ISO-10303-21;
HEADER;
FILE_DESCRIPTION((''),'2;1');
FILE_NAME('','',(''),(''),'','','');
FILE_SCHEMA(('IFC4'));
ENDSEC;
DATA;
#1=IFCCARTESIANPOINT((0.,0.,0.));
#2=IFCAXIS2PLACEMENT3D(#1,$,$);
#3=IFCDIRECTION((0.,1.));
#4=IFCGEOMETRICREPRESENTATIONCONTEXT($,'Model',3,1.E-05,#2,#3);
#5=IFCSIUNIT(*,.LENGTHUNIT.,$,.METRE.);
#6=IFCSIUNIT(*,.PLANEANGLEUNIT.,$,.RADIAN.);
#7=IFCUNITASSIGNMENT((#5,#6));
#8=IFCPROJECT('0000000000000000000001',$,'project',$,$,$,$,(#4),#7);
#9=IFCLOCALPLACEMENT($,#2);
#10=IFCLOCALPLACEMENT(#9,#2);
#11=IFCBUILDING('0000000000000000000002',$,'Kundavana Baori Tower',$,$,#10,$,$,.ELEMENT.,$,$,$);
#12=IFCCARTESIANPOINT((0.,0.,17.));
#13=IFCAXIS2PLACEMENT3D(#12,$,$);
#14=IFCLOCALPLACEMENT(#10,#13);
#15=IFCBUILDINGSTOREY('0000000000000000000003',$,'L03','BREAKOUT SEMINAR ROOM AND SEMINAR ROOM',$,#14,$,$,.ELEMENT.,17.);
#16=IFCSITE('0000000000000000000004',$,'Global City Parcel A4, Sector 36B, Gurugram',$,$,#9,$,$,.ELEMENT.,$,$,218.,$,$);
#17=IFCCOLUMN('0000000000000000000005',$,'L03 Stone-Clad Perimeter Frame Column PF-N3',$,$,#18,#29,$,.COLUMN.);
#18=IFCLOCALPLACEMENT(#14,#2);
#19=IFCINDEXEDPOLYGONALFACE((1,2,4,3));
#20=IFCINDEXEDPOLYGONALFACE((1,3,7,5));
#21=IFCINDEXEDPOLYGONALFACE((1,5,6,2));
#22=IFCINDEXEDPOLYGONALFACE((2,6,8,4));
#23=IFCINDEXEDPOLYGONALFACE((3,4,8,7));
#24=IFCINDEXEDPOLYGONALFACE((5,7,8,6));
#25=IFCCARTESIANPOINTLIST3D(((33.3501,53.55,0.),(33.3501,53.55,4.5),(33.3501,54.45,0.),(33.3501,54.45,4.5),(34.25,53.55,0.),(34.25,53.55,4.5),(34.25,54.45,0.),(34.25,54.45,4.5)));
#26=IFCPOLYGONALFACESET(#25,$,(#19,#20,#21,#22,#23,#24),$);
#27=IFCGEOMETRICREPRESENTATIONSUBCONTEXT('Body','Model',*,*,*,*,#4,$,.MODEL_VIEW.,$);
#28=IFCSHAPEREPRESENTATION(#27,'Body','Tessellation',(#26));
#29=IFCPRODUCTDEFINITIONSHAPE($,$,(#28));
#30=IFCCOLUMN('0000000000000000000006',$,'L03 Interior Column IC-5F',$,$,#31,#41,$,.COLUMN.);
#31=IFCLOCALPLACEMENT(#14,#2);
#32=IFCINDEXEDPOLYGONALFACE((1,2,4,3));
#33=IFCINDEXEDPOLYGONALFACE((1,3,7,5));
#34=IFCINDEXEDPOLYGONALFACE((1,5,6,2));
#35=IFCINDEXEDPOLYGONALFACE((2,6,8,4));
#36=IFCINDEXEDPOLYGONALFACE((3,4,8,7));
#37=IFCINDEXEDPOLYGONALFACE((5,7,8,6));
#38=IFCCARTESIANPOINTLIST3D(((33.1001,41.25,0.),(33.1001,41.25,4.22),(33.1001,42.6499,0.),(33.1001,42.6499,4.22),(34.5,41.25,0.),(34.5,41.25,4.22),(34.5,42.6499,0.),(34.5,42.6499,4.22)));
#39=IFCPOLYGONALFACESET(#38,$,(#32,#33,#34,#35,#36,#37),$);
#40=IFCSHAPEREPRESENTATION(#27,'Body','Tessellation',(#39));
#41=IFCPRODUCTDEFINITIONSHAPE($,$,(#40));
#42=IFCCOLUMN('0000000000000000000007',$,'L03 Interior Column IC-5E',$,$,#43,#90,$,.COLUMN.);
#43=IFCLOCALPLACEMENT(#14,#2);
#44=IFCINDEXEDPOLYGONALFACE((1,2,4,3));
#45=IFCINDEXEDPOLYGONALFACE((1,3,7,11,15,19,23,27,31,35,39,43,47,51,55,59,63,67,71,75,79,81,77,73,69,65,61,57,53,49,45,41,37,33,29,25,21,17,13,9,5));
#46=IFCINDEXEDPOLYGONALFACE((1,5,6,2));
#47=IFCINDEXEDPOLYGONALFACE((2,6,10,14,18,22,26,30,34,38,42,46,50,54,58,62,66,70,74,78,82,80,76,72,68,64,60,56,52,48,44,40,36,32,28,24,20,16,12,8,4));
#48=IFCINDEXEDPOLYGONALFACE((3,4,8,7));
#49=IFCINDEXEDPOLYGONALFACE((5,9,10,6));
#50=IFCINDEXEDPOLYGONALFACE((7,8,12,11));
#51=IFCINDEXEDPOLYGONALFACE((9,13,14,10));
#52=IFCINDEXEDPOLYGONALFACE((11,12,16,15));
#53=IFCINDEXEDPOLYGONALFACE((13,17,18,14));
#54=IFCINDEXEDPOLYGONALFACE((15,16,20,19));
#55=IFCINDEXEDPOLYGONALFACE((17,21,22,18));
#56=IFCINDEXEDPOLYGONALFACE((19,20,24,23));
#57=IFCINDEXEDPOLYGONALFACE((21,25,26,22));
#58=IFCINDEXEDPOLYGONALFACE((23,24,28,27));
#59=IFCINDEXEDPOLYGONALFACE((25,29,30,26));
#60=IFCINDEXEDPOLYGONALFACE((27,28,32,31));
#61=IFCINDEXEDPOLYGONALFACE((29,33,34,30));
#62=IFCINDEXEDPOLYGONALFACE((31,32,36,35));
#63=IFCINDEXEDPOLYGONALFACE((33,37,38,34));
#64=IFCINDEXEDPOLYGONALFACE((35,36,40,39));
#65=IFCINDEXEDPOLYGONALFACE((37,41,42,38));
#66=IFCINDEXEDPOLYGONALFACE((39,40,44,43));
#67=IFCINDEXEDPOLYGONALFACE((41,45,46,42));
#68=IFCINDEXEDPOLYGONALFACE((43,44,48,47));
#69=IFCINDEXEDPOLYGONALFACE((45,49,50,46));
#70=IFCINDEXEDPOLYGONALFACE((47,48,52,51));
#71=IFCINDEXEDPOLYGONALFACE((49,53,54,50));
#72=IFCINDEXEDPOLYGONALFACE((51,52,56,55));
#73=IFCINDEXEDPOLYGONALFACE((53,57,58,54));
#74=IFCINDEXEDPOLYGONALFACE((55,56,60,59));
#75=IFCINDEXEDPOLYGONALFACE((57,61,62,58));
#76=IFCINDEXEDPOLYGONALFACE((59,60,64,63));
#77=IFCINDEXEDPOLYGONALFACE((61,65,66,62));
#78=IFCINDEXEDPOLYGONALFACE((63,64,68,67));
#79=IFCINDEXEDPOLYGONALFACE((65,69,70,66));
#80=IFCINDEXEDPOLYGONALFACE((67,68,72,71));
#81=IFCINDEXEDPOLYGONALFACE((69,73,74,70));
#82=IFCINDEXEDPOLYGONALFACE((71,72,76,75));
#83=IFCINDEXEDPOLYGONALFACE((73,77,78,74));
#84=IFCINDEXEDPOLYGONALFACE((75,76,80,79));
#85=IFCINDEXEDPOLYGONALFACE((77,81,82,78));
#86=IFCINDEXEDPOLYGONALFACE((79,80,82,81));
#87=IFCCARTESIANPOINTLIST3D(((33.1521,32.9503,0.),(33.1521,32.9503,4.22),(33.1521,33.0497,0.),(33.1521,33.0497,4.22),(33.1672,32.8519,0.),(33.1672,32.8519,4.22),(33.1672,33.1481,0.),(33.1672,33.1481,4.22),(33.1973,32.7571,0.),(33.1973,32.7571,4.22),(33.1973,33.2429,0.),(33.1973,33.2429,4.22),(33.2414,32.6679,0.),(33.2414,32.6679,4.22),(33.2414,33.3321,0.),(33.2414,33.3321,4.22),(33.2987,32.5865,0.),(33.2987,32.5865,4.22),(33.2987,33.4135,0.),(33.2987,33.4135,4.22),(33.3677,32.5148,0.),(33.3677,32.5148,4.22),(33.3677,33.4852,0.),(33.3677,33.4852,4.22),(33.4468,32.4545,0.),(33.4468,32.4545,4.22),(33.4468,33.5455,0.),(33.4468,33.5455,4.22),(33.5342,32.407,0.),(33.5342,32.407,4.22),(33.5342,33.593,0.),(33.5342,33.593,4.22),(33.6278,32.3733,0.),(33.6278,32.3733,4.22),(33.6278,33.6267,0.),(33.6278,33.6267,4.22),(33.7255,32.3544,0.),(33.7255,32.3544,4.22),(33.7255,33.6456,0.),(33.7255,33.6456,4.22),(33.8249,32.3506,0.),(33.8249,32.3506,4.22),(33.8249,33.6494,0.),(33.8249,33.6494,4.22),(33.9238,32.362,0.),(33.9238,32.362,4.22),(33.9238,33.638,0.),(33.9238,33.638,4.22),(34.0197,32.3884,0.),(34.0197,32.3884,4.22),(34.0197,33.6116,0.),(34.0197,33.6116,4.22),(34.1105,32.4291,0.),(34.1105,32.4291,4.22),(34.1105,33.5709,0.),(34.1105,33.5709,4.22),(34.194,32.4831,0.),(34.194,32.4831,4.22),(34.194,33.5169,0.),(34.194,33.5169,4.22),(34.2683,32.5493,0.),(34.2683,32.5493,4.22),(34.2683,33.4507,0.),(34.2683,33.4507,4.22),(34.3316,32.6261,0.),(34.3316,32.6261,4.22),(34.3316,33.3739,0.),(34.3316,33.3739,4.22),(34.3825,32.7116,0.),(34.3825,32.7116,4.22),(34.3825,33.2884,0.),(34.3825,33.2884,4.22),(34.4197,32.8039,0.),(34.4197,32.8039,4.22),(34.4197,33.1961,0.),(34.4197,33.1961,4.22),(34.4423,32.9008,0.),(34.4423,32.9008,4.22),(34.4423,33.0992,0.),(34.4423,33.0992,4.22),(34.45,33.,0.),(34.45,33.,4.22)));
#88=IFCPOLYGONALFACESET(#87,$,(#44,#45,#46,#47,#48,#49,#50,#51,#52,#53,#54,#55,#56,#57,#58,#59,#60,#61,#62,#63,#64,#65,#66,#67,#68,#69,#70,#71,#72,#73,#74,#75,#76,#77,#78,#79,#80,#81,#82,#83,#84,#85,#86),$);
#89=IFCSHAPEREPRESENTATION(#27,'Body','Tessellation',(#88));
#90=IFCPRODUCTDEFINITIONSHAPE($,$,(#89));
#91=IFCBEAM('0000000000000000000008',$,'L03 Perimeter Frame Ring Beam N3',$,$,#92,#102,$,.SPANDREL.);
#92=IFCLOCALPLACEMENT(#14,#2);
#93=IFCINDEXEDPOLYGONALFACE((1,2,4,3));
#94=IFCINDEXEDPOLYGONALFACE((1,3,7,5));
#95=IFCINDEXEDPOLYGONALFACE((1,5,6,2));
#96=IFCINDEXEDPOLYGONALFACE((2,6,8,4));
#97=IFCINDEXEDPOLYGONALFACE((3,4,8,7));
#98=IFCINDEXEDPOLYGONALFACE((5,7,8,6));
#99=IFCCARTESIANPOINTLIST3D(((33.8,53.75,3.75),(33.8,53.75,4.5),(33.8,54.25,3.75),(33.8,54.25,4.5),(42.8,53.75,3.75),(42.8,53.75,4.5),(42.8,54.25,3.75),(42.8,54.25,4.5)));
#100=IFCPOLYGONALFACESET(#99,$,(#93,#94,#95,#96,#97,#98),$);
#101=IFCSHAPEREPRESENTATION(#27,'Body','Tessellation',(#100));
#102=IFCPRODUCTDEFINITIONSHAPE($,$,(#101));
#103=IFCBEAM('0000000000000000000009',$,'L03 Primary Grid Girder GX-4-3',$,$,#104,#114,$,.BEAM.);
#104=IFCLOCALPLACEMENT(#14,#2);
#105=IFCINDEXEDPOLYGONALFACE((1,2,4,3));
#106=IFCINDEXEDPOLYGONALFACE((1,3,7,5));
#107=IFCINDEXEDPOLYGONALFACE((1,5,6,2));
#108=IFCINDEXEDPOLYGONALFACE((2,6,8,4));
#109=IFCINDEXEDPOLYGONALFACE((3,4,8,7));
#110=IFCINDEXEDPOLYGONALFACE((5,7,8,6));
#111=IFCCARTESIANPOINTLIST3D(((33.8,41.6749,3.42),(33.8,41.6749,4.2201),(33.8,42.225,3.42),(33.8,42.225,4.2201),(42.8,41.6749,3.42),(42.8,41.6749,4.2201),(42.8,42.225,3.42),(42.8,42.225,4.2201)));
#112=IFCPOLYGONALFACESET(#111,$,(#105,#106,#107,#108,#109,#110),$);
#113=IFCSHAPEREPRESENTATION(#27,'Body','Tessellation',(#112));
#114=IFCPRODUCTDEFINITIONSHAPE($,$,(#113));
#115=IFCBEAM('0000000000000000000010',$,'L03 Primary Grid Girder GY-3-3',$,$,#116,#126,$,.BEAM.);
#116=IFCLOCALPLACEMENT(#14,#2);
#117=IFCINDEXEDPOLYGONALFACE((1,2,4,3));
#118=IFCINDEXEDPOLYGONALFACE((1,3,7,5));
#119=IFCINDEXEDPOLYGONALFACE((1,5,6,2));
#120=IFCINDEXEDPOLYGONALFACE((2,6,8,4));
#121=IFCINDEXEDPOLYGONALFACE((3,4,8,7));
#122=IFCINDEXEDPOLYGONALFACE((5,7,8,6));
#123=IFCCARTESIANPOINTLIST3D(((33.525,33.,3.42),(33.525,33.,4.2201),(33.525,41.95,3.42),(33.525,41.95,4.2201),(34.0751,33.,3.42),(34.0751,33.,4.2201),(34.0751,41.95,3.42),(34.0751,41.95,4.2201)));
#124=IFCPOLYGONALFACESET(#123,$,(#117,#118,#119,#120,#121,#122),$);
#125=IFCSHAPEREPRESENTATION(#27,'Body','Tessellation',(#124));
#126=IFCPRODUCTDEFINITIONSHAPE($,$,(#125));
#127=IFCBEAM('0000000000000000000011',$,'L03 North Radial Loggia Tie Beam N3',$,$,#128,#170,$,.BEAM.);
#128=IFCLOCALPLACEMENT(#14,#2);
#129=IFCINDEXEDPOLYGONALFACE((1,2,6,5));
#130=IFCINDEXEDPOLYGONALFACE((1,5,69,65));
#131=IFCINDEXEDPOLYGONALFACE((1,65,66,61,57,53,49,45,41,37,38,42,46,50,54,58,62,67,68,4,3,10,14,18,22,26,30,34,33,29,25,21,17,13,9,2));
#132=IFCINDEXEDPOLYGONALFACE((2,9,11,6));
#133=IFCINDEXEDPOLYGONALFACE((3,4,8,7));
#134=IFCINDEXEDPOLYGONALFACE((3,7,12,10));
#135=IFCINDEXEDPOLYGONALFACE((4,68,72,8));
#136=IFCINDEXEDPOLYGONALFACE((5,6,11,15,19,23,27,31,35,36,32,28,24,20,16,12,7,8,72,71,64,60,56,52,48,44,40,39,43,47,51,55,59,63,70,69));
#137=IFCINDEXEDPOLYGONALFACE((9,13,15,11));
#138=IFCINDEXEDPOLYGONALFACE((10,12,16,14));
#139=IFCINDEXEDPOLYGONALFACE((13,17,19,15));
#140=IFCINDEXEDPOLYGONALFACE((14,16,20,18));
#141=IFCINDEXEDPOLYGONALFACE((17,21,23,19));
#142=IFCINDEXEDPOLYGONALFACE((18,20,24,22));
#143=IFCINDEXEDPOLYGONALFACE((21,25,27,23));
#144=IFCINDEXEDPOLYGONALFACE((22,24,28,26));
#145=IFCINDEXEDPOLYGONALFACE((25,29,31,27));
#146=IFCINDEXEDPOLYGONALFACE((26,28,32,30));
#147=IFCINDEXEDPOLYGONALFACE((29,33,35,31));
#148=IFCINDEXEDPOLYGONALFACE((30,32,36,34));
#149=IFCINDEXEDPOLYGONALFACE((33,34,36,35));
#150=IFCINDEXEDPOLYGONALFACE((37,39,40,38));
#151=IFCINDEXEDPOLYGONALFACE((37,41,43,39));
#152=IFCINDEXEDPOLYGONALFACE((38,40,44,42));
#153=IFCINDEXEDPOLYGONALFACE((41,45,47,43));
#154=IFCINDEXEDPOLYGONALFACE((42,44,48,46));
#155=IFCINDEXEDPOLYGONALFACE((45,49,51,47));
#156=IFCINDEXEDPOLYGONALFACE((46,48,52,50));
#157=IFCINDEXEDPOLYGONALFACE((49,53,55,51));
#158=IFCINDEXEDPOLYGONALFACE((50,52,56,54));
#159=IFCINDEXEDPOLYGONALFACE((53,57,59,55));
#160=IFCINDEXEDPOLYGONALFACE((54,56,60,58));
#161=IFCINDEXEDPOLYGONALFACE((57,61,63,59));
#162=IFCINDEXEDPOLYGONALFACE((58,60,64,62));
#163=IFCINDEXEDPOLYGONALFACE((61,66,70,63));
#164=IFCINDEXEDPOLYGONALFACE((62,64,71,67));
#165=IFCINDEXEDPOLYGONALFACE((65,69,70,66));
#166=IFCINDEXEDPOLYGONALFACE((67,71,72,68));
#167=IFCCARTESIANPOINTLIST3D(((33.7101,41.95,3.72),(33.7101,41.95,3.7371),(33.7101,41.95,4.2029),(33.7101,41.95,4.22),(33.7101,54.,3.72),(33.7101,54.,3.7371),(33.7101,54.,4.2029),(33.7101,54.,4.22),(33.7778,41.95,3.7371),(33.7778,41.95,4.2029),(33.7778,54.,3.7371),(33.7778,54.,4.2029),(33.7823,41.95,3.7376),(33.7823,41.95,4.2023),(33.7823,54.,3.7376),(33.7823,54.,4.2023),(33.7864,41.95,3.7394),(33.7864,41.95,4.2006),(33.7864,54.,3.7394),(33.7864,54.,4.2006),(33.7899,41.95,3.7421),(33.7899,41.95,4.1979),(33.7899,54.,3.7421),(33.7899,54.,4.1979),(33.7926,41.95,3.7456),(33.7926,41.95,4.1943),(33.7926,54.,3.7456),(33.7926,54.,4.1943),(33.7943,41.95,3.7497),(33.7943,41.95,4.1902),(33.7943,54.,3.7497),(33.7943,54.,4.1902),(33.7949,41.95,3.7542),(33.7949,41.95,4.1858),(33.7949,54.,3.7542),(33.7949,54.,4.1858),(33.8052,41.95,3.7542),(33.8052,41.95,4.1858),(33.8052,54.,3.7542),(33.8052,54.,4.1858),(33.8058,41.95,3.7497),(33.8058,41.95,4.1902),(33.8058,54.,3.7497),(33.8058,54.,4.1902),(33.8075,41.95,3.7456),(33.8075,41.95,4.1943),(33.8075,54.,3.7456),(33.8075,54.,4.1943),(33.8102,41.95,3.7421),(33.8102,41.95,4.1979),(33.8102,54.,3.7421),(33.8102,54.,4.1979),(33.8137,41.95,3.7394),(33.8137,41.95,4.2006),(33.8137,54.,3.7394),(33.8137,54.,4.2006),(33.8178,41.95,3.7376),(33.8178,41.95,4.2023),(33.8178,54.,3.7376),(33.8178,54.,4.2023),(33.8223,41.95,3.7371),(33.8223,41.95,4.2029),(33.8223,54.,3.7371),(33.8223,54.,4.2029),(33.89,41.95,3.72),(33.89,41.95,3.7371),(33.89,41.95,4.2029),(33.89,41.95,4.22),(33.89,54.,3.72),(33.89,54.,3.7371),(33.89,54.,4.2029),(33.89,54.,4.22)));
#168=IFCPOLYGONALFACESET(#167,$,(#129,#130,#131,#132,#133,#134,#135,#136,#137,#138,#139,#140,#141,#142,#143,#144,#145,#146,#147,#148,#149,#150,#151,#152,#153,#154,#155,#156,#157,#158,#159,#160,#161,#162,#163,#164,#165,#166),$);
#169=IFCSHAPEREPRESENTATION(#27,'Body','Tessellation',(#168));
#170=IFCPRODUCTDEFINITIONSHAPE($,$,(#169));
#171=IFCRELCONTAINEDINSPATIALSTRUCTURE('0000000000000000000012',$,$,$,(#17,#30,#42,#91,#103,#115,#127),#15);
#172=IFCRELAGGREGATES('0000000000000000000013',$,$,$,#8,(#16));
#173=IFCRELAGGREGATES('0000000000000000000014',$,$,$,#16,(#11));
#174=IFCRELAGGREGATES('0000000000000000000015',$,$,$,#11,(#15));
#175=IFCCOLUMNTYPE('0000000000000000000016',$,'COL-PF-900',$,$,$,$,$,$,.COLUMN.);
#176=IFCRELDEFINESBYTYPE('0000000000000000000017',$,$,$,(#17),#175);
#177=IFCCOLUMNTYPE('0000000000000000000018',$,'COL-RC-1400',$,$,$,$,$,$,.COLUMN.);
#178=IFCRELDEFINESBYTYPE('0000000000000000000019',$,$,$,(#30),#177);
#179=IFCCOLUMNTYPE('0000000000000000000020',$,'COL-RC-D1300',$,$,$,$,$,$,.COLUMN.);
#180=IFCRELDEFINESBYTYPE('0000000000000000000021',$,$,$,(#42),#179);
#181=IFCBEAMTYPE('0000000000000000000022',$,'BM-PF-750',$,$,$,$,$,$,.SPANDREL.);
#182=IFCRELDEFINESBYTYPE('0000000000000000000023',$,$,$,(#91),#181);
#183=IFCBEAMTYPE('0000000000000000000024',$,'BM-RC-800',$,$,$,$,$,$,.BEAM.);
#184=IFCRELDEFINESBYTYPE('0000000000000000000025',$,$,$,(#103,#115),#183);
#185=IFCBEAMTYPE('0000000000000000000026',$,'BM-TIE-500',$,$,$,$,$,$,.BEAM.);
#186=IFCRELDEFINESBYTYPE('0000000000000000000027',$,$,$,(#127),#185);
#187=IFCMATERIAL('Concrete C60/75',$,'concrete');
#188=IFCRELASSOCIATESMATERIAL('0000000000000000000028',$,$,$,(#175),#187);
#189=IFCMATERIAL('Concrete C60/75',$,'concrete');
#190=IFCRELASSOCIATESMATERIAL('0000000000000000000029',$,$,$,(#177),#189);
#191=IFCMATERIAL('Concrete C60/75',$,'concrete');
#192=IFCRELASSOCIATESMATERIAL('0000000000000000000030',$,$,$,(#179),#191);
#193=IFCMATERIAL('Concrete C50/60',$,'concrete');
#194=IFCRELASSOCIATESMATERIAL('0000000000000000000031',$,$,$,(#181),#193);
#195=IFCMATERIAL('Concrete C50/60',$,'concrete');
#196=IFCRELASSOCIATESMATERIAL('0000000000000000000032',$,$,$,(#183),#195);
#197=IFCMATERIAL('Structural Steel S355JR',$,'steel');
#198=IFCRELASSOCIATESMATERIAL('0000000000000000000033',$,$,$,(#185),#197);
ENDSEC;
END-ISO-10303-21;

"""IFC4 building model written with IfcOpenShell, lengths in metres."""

from ifc_helpers import new_model, si_unit, direction, frame, origin, origin_2d, place, context, subcontext, project, spatial, rectangle, circle, i_section, extrude, material, material_profile, profile_set, type_object, element, save


model = new_model("IFC4")

# Units and contexts
model_context = context("Model", 3, precision=1e-05, world=origin(), true_north=direction((0.0, 1.0)))
body_context = subcontext(model_context, "Body", "Model", "MODEL_VIEW")
ifc_project = project(units=[si_unit("LENGTHUNIT", "METRE"), si_unit("PLANEANGLEUNIT", "RADIAN")], contexts=[model_context])

# Site, building, storey
site_placement = place(None, origin())
site = spatial("IfcSite", under=ifc_project, at=site_placement, Name="Global City Parcel A4, Sector 36B, Gurugram", CompositionType="ELEMENT", RefElevation=218.0)
building_placement = place(site_placement, origin())
building = spatial("IfcBuilding", under=site, at=building_placement, Name="Kundavana Baori Tower", CompositionType="ELEMENT")
storey_placement = place(building_placement, frame((0.0, 0.0, 17.0)))
storey = spatial("IfcBuildingStorey", under=building, at=storey_placement, Name="L03", Description="BREAKOUT SEMINAR ROOM AND SEMINAR ROOM", CompositionType="ELEMENT", Elevation=17.0)

# Columns
ifc_material_1 = material(Name="Concrete C60/75", Category="concrete")
ifc_material_profile_1 = material_profile(ifc_material_1, rectangle(XDim=0.8999, YDim=0.8999, at=origin_2d()), Name="RC PF 900x900")
ifc_profile_set_1 = profile_set([ifc_material_profile_1], Name="Concrete C60/75")
column_type_1 = type_object("IfcColumnType", Name="COL-PF-900", PredefinedType="COLUMN", material=ifc_profile_set_1)
column_1_placement = place(storey_placement, frame((33.8, 54.0, 0.0), z_axis=(0.0, 0.0, 1.0), x_axis=(1.0, 0.0, 0.0)))
element("IfcColumn", 1, at=column_1_placement, inside=storey, type_object=column_type_1, Name="L03 Stone-Clad Perimeter Frame Column PF-N3", PredefinedType="COLUMN", context=body_context, shape_type="SweptSolid", body=[
    extrude(rectangle(XDim=0.8999, YDim=0.8999, at=origin_2d()), origin(), (0.0, 0.0, 1.0), 4.5),
])
ifc_material_2 = material(Name="Concrete C60/75", Category="concrete")
ifc_material_profile_2 = material_profile(ifc_material_2, rectangle(XDim=1.3999, YDim=1.3999, at=origin_2d()), Name="RC 1400x1400")
ifc_profile_set_2 = profile_set([ifc_material_profile_2], Name="Concrete C60/75")
column_type_2 = type_object("IfcColumnType", Name="COL-RC-1400", PredefinedType="COLUMN", material=ifc_profile_set_2)
column_2_placement = place(storey_placement, frame((33.8, 41.95, 0.0), z_axis=(0.0, 0.0, 1.0), x_axis=(1.0, 0.0, 0.0)))
element("IfcColumn", 2, at=column_2_placement, inside=storey, type_object=column_type_2, Name="L03 Interior Column IC-5F", PredefinedType="COLUMN", context=body_context, shape_type="SweptSolid", body=[
    extrude(rectangle(XDim=1.3999, YDim=1.3999, at=origin_2d()), origin(), (0.0, 0.0, 1.0), 4.22),
])
ifc_material_3 = material(Name="Concrete C60/75", Category="concrete")
ifc_material_profile_3 = material_profile(ifc_material_3, circle(Radius=0.6499, at=origin_2d()), Name="RC D1300")
ifc_profile_set_3 = profile_set([ifc_material_profile_3], Name="Concrete C60/75")
column_type_3 = type_object("IfcColumnType", Name="COL-RC-D1300", PredefinedType="COLUMN", material=ifc_profile_set_3)
column_3_placement = place(storey_placement, frame((33.8, 33.0, 0.0), z_axis=(0.0, 0.0, 1.0), x_axis=(1.0, 0.0, 0.0)))
element("IfcColumn", 3, at=column_3_placement, inside=storey, type_object=column_type_3, Name="L03 Interior Column IC-5E", PredefinedType="COLUMN", context=body_context, shape_type="SweptSolid", body=[
    extrude(circle(Radius=0.6499, at=origin_2d()), origin(), (0.0, 0.0, 1.0), 4.22),
])

# Beams
ifc_material_4 = material(Name="Concrete C50/60", Category="concrete")
ifc_material_profile_4 = material_profile(ifc_material_4, rectangle(XDim=0.5, YDim=0.75, at=origin_2d()), Name="RC BM 500x750")
ifc_profile_set_4 = profile_set([ifc_material_profile_4], Name="Concrete C50/60")
beam_type_1 = type_object("IfcBeamType", Name="BM-PF-750", PredefinedType="SPANDREL", material=ifc_profile_set_4)
beam_1_placement = place(storey_placement, frame((33.8, 54.0, 4.125), z_axis=(1.0, 0.0, 0.0), x_axis=(0.0, 1.0, 0.0)))
element("IfcBeam", 4, at=beam_1_placement, inside=storey, type_object=beam_type_1, Name="L03 Perimeter Frame Ring Beam N3", PredefinedType="SPANDREL", context=body_context, shape_type="SweptSolid", body=[
    extrude(rectangle(XDim=0.5, YDim=0.75, at=origin_2d()), origin(), (0.0, 0.0, 1.0), 9.0),
])
ifc_material_5 = material(Name="Concrete C50/60", Category="concrete")
ifc_material_profile_5 = material_profile(ifc_material_5, rectangle(XDim=0.55, YDim=0.8, at=origin_2d()), Name="RC BM 550x800")
ifc_profile_set_5 = profile_set([ifc_material_profile_5], Name="Concrete C50/60")
beam_type_2 = type_object("IfcBeamType", Name="BM-RC-800", PredefinedType="BEAM", material=ifc_profile_set_5)
beam_2_placement = place(storey_placement, frame((33.8, 41.95, 3.8201), z_axis=(1.0, 0.0, 0.0), x_axis=(0.0, 1.0, 0.0)))
element("IfcBeam", 5, at=beam_2_placement, inside=storey, type_object=beam_type_2, Name="L03 Primary Grid Girder GX-4-3", PredefinedType="BEAM", context=body_context, shape_type="SweptSolid", body=[
    extrude(rectangle(XDim=0.55, YDim=0.8, at=origin_2d()), origin(), (0.0, 0.0, 1.0), 9.0),
])
beam_3_placement = place(storey_placement, frame((33.8, 33.0, 3.8201), z_axis=(0.0, 1.0, 0.0), x_axis=(-1.0, 0.0, 0.0)))
element("IfcBeam", 6, at=beam_3_placement, inside=storey, type_object=beam_type_2, Name="L03 Primary Grid Girder GY-3-3", PredefinedType="BEAM", context=body_context, shape_type="SweptSolid", body=[
    extrude(rectangle(XDim=0.55, YDim=0.8, at=origin_2d()), origin(), (0.0, 0.0, 1.0), 8.95),
])
ifc_material_6 = material(Name="Structural Steel S355JR", Category="steel")
ifc_material_profile_6 = material_profile(ifc_material_6, i_section(OverallWidth=0.1799, OverallDepth=0.5, WebThickness=0.0103, FlangeThickness=0.0171, FilletRadius=0.0171, at=origin_2d()), Name="ISMB 500")
ifc_profile_set_6 = profile_set([ifc_material_profile_6], Name="Structural Steel S355JR")
beam_type_3 = type_object("IfcBeamType", Name="BM-TIE-500", PredefinedType="BEAM", material=ifc_profile_set_6)
beam_4_placement = place(storey_placement, frame((33.8, 41.95, 3.97), z_axis=(0.0, 1.0, 0.0), x_axis=(-1.0, 0.0, 0.0)))
element("IfcBeam", 7, at=beam_4_placement, inside=storey, type_object=beam_type_3, Name="L03 North Radial Loggia Tie Beam N3", PredefinedType="BEAM", context=body_context, shape_type="SweptSolid", body=[
    extrude(i_section(OverallWidth=0.1799, OverallDepth=0.5, WebThickness=0.0103, FlangeThickness=0.0171, FilletRadius=0.0171, at=origin_2d()), origin(), (0.0, 0.0, 1.0), 12.05),
])

save(model, "model.ifc")
